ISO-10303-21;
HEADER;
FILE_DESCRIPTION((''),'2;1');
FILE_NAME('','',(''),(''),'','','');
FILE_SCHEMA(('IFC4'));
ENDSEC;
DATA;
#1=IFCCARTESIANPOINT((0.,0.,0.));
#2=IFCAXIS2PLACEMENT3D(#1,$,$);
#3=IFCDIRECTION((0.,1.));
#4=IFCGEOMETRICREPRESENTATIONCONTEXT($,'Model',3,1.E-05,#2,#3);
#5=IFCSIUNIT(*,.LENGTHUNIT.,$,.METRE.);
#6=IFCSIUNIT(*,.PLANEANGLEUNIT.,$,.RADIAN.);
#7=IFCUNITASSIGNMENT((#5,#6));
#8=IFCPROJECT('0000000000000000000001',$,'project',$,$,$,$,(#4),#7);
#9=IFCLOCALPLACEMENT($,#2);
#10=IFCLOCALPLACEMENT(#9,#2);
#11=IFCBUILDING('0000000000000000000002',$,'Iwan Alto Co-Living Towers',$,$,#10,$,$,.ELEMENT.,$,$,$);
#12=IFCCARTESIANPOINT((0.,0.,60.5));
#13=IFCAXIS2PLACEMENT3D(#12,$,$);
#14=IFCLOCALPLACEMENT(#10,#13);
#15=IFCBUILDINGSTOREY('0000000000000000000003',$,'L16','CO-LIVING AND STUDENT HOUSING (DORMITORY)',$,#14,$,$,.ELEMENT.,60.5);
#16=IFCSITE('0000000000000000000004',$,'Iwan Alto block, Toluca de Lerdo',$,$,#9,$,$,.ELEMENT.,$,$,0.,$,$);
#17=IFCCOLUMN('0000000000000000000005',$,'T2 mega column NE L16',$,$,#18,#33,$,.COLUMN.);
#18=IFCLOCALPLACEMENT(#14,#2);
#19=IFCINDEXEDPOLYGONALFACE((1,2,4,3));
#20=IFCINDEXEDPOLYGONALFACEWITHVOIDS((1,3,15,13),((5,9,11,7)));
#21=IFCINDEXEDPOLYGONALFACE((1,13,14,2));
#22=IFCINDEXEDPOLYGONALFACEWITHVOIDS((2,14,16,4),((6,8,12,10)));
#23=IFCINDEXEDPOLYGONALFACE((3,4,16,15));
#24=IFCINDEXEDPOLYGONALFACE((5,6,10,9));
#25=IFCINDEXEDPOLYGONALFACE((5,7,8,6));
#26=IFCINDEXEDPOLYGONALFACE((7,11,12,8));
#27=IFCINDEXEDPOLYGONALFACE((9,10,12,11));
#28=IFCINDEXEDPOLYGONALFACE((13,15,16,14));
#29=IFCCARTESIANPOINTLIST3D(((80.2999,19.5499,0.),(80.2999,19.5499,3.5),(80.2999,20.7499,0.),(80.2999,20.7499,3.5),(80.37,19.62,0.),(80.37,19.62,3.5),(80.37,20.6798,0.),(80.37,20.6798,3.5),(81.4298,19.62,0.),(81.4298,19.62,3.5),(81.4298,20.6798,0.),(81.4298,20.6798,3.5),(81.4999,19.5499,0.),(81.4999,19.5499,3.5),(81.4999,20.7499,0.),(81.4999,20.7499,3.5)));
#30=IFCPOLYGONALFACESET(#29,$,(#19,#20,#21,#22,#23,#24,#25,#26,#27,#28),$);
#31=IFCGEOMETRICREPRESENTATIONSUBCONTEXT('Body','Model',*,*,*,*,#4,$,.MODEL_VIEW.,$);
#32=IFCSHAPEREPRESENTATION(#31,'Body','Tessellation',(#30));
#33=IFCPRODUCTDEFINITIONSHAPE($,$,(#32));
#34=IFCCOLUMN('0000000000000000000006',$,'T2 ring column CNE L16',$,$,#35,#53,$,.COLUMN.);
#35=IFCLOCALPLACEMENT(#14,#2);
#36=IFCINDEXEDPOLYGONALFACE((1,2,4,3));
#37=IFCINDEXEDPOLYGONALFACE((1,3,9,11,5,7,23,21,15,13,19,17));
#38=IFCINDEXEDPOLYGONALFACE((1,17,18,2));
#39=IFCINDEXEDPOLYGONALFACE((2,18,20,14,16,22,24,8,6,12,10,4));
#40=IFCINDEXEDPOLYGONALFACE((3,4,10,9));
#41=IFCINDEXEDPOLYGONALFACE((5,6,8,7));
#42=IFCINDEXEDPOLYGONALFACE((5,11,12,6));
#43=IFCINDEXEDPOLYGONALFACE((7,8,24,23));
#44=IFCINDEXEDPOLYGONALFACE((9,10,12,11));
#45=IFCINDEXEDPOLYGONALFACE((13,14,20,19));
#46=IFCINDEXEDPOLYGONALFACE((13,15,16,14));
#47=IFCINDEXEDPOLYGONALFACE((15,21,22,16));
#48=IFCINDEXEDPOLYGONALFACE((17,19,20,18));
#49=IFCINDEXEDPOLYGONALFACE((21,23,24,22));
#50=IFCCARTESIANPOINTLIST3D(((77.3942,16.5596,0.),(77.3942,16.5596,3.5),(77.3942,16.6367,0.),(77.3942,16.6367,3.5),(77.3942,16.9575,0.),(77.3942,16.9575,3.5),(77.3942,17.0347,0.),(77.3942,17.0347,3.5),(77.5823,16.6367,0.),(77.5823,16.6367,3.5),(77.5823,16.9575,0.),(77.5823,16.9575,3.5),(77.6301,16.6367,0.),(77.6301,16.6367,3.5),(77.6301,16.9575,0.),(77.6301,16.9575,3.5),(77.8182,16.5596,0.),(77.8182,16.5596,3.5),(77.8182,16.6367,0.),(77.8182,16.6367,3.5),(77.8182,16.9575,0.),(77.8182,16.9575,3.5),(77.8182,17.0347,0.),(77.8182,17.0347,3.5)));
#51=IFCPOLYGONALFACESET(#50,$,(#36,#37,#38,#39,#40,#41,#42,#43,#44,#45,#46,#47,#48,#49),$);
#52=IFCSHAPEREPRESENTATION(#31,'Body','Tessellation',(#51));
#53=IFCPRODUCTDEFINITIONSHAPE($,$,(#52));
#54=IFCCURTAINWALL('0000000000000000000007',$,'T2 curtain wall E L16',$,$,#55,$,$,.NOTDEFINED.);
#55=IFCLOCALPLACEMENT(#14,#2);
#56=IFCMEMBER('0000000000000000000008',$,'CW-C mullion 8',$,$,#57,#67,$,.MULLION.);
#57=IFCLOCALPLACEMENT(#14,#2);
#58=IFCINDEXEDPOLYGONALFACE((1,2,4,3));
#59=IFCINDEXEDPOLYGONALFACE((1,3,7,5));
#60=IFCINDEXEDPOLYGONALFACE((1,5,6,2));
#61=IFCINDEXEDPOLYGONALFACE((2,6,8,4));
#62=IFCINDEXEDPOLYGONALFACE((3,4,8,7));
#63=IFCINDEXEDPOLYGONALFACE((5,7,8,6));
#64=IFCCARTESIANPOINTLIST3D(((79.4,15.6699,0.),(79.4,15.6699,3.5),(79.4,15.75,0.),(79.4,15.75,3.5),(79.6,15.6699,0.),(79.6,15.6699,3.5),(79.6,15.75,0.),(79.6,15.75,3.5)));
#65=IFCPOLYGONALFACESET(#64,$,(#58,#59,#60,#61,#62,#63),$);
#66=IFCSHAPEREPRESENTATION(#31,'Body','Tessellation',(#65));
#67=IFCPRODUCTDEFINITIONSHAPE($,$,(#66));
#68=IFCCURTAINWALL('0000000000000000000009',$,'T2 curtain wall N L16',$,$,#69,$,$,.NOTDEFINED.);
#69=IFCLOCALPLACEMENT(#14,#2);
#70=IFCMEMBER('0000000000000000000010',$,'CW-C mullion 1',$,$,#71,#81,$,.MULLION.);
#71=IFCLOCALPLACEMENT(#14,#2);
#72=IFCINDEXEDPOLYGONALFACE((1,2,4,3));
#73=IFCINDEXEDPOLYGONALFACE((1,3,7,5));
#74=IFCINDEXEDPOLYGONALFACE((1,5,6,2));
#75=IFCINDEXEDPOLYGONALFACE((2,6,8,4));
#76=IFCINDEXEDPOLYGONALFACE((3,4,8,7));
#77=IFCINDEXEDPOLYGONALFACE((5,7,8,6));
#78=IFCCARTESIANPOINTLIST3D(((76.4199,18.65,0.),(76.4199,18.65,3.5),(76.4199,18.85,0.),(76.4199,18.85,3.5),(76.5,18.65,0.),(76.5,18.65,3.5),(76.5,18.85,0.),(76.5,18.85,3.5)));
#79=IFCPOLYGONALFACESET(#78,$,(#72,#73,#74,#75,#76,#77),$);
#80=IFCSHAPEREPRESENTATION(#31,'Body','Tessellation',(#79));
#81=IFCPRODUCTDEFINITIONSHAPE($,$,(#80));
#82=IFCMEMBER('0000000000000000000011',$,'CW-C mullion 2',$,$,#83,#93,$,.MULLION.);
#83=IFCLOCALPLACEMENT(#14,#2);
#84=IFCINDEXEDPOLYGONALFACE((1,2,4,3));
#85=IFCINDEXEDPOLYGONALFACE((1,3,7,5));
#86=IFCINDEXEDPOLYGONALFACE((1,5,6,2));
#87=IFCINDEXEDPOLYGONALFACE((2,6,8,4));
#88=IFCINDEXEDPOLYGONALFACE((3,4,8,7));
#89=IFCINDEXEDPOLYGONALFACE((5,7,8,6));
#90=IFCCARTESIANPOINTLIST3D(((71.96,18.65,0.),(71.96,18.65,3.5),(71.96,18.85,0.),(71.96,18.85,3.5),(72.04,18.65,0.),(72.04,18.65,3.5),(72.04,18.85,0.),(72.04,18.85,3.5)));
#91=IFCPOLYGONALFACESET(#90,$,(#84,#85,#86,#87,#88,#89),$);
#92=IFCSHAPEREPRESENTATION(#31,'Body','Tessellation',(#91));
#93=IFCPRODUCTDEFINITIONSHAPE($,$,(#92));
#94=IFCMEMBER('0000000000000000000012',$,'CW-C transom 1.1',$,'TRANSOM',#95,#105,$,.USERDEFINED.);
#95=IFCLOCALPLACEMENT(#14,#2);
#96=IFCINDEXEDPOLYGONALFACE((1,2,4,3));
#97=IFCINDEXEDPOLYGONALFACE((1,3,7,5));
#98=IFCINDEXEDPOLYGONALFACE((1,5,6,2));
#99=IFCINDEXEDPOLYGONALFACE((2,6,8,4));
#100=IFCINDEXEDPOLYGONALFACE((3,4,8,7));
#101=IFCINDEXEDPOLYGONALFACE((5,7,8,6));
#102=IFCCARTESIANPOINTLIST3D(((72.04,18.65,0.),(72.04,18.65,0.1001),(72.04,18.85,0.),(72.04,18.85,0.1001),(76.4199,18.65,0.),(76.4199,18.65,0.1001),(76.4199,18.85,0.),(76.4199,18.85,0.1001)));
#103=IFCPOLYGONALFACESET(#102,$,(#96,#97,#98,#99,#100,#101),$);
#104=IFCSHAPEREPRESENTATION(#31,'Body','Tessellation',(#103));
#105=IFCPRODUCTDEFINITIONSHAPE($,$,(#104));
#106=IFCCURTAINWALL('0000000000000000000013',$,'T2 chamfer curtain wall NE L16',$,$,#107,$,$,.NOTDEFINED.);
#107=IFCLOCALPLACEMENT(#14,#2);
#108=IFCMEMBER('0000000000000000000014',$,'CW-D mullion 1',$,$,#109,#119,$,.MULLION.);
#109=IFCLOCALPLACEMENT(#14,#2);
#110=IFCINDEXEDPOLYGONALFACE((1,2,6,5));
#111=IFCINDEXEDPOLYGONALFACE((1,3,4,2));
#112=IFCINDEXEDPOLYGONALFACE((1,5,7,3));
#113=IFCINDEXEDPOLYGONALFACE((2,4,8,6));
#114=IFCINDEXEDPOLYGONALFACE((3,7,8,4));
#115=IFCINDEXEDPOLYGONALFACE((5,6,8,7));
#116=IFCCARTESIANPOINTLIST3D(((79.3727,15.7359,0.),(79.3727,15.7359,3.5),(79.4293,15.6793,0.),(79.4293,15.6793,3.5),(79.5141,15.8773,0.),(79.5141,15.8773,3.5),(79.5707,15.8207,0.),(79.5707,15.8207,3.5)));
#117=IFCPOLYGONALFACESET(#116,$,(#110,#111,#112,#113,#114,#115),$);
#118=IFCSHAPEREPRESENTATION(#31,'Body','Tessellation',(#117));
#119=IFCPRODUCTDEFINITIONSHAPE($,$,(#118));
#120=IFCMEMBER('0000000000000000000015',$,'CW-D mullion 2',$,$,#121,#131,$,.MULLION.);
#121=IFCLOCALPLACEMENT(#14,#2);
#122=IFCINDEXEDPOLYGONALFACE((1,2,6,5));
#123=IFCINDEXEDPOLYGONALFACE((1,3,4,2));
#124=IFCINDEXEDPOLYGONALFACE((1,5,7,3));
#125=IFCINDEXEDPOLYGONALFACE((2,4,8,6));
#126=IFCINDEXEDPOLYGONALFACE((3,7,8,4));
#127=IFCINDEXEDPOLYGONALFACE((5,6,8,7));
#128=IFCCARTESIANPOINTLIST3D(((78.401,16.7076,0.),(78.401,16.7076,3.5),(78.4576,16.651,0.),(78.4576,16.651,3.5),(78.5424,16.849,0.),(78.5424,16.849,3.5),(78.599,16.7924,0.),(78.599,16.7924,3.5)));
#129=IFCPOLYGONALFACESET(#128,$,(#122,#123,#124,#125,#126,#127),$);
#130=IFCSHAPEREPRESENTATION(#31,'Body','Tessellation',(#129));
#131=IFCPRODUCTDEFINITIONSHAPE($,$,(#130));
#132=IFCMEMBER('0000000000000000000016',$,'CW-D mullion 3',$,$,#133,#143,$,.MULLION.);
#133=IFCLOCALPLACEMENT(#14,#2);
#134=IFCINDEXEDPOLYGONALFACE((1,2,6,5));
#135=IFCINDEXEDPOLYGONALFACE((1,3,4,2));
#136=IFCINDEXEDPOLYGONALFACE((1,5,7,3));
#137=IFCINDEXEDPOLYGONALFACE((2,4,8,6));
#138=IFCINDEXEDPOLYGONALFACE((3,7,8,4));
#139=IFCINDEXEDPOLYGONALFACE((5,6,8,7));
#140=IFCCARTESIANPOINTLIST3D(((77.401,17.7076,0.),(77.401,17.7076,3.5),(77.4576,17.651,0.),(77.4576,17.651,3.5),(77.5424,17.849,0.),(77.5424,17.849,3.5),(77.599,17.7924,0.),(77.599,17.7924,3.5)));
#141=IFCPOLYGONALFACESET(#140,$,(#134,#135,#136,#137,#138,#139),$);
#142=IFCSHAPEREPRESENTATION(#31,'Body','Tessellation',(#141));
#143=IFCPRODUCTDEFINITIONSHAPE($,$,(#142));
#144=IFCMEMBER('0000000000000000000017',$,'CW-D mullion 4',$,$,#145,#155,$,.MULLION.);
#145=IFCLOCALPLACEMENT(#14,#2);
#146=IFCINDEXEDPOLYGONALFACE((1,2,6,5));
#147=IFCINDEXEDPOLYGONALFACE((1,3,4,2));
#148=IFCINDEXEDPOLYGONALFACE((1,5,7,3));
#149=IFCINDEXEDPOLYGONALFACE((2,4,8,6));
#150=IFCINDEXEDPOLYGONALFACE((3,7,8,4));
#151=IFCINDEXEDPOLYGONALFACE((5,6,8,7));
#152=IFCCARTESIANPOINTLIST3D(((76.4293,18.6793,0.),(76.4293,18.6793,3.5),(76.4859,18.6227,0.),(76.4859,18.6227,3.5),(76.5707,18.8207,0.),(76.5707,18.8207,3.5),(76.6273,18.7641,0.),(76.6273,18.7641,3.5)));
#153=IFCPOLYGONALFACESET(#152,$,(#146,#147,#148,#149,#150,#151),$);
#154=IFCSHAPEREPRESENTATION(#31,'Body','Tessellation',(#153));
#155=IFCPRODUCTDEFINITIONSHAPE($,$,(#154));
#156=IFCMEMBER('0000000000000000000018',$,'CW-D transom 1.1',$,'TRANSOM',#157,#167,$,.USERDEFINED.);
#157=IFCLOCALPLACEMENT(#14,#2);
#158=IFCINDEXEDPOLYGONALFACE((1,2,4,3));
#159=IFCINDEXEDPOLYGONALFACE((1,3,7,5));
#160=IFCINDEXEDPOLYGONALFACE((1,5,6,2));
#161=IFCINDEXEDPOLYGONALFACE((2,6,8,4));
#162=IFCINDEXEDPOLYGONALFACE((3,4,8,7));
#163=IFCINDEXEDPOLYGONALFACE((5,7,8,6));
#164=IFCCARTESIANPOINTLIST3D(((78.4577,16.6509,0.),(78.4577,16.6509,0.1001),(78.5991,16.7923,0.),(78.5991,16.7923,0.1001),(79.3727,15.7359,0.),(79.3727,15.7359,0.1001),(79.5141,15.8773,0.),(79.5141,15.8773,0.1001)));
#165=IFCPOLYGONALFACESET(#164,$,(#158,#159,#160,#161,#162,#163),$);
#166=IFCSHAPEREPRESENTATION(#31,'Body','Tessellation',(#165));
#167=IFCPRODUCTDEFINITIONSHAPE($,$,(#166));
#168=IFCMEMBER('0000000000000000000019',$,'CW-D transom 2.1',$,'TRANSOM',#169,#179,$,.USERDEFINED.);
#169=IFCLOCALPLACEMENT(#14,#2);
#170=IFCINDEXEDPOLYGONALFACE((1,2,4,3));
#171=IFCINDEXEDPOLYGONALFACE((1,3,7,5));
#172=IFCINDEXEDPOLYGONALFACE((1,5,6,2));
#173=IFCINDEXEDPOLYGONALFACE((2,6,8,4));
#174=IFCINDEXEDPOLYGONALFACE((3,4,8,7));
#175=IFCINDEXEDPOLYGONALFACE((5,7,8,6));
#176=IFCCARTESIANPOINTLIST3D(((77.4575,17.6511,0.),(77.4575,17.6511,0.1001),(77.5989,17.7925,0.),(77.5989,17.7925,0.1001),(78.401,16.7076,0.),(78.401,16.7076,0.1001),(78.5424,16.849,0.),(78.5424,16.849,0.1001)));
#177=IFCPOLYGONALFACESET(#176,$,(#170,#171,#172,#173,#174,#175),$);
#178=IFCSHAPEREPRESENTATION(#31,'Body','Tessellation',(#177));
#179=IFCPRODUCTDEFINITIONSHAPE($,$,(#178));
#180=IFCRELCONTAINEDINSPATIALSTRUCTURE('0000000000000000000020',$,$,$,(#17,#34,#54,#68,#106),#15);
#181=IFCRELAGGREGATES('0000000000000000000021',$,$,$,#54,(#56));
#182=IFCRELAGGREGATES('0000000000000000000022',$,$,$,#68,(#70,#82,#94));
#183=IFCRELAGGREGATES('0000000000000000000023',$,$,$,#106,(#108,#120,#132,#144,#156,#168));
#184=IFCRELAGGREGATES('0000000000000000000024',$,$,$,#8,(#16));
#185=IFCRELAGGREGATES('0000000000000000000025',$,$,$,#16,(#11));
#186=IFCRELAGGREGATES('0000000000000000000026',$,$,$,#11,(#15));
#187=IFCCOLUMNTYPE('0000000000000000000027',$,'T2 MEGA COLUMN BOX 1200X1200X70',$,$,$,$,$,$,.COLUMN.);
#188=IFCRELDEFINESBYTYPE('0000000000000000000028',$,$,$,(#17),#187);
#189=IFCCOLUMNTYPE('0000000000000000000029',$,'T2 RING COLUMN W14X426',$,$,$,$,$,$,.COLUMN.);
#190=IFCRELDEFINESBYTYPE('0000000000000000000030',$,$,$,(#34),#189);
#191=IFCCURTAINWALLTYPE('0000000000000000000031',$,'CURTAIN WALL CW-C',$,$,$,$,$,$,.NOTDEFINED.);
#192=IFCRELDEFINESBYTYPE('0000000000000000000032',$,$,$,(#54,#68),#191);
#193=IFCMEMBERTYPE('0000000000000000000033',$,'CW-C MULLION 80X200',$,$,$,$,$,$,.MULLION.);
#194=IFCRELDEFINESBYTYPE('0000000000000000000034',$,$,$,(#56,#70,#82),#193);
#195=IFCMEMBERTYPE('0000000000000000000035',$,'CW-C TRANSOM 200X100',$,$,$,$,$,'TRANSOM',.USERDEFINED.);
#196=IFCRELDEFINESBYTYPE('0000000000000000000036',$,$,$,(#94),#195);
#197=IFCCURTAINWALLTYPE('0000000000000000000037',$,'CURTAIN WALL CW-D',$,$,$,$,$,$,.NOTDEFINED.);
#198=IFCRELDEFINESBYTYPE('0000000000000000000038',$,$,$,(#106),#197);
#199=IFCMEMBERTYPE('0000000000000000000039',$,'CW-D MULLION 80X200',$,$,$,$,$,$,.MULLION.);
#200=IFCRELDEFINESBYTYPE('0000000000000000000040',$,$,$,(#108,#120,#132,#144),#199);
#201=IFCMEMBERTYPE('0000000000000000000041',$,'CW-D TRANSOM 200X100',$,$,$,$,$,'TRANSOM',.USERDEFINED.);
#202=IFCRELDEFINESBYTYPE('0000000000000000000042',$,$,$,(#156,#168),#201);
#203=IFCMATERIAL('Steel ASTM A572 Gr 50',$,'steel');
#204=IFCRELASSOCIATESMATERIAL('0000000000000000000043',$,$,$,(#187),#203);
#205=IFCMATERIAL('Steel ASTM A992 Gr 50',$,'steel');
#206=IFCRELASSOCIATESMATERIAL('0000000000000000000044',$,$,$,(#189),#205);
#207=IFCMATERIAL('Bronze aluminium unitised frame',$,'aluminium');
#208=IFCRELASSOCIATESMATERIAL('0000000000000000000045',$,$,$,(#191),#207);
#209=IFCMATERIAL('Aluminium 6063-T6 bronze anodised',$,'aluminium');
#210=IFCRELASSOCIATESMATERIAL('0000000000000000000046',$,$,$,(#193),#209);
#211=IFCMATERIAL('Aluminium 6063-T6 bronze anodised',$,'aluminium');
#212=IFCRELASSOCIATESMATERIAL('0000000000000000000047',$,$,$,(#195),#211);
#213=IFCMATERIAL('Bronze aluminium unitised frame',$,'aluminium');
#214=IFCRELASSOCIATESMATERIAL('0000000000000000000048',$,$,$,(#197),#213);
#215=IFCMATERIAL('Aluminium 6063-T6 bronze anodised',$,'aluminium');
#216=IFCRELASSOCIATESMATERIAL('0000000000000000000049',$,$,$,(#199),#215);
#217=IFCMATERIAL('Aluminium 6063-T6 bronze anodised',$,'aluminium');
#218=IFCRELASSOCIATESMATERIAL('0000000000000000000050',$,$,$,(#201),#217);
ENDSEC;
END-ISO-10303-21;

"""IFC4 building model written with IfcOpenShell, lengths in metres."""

from ifc_helpers import new_model, si_unit, direction, frame, origin, origin_2d, place, context, subcontext, project, spatial, rectangle, hollow_rectangle, i_section, extrude, material, material_profile, profile_set, type_object, element, aggregate, save


model = new_model("IFC4")

# Units and contexts
model_context = context("Model", 3, precision=1e-05, world=origin(), true_north=direction((0.0, 1.0)))
body_context = subcontext(model_context, "Body", "Model", "MODEL_VIEW")
ifc_project = project(units=[si_unit("LENGTHUNIT", "METRE"), si_unit("PLANEANGLEUNIT", "RADIAN")], contexts=[model_context])

# Site, building, storey
site_placement = place(None, origin())
site = spatial("IfcSite", under=ifc_project, at=site_placement, Name="Iwan Alto block, Toluca de Lerdo", CompositionType="ELEMENT", RefElevation=0.0)
building_placement = place(site_placement, origin())
building = spatial("IfcBuilding", under=site, at=building_placement, Name="Iwan Alto Co-Living Towers", CompositionType="ELEMENT")
storey_placement = place(building_placement, frame((0.0, 0.0, 60.5)))
storey = spatial("IfcBuildingStorey", under=building, at=storey_placement, Name="L16", Description="CO-LIVING AND STUDENT HOUSING (DORMITORY)", CompositionType="ELEMENT", Elevation=60.5)

# Columns
ifc_material_1 = material(Name="Steel ASTM A572 Gr 50", Category="steel")
ifc_material_profile_1 = material_profile(ifc_material_1, hollow_rectangle(XDim=1.2, YDim=1.2, WallThickness=0.0701, at=origin_2d()), Name="BOX 1200X1200X70")
ifc_profile_set_1 = profile_set([ifc_material_profile_1], Name="Steel ASTM A572 Gr 50")
column_type_1 = type_object("IfcColumnType", Name="T2 MEGA COLUMN BOX 1200X1200X70", PredefinedType="COLUMN", material=ifc_profile_set_1)
column_1_placement = place(storey_placement, frame((80.8999, 20.1499, 0.0), z_axis=(0.0, 0.0, 1.0), x_axis=(1.0, 0.0, 0.0)))
element("IfcColumn", 1, at=column_1_placement, inside=storey, type_object=column_type_1, Name="T2 mega column NE L16", PredefinedType="COLUMN", context=body_context, shape_type="SweptSolid", body=[
    extrude(hollow_rectangle(XDim=1.2, YDim=1.2, WallThickness=0.0701, at=origin_2d()), origin(), (0.0, 0.0, 1.0), 3.5),
])
ifc_material_2 = material(Name="Steel ASTM A992 Gr 50", Category="steel")
ifc_material_profile_2 = material_profile(ifc_material_2, i_section(OverallWidth=0.4241, OverallDepth=0.4751, WebThickness=0.0479, FlangeThickness=0.0771, at=origin_2d()), Name="W14X426")
ifc_profile_set_2 = profile_set([ifc_material_profile_2], Name="Steel ASTM A992 Gr 50")
column_type_2 = type_object("IfcColumnType", Name="T2 RING COLUMN W14X426", PredefinedType="COLUMN", material=ifc_profile_set_2)
column_2_placement = place(storey_placement, frame((77.6062, 16.7971, 0.0), z_axis=(0.0, 0.0, 1.0), x_axis=(1.0, 0.0, 0.0)))
element("IfcColumn", 2, at=column_2_placement, inside=storey, type_object=column_type_2, Name="T2 ring column CNE L16", PredefinedType="COLUMN", context=body_context, shape_type="SweptSolid", body=[
    extrude(i_section(OverallWidth=0.4241, OverallDepth=0.4751, WebThickness=0.0479, FlangeThickness=0.0771, at=origin_2d()), origin(), (0.0, 0.0, 1.0), 3.5),
])

# Curtain wall, member
ifc_material_3 = material(Name="Bronze aluminium unitised frame", Category="aluminium")
curtain_wall_type_1 = type_object("IfcCurtainWallType", Name="CURTAIN WALL CW-C", PredefinedType="NOTDEFINED", material=ifc_material_3)
curtain_wall_1_placement = place(storey_placement, origin())
curtain_wall_1 = element("IfcCurtainWall", 3, at=curtain_wall_1_placement, inside=storey, type_object=curtain_wall_type_1, Name="T2 curtain wall E L16", PredefinedType="NOTDEFINED")
ifc_material_4 = material(Name="Aluminium 6063-T6 bronze anodised", Category="aluminium")
ifc_material_profile_3 = material_profile(ifc_material_4, rectangle(XDim=0.2, YDim=0.0801, at=origin_2d()), Name="AL 80X200")
ifc_profile_set_3 = profile_set([ifc_material_profile_3], Name="Aluminium 6063-T6 bronze anodised")
member_type_1 = type_object("IfcMemberType", Name="CW-C MULLION 80X200", PredefinedType="MULLION", material=ifc_profile_set_3)
member_1_placement = place(storey_placement, frame((79.5, 15.71, 0.0), z_axis=(0.0, 0.0, 1.0), x_axis=(-1.0, 0.0, 0.0)))
member_1 = element("IfcMember", 4, at=member_1_placement, type_object=member_type_1, Name="CW-C mullion 8", PredefinedType="MULLION", context=body_context, shape_type="SweptSolid", body=[
    extrude(rectangle(XDim=0.2, YDim=0.0801, at=origin_2d()), origin(), (0.0, 0.0, 1.0), 3.5),
])

# Curtain walls, members
curtain_wall_2_placement = place(storey_placement, origin())
curtain_wall_2 = element("IfcCurtainWall", 5, at=curtain_wall_2_placement, inside=storey, type_object=curtain_wall_type_1, Name="T2 curtain wall N L16", PredefinedType="NOTDEFINED")
member_2_placement = place(storey_placement, frame((76.46, 18.75, 0.0), z_axis=(0.0, 0.0, 1.0), x_axis=(0.0, -1.0, 0.0)))
member_2 = element("IfcMember", 6, at=member_2_placement, type_object=member_type_1, Name="CW-C mullion 1", PredefinedType="MULLION", context=body_context, shape_type="SweptSolid", body=[
    extrude(rectangle(XDim=0.2, YDim=0.0801, at=origin_2d()), origin(), (0.0, 0.0, 1.0), 3.5),
])
member_3_placement = place(storey_placement, frame((72.0, 18.75, 0.0), z_axis=(0.0, 0.0, 1.0), x_axis=(0.0, -1.0, 0.0)))
member_3 = element("IfcMember", 7, at=member_3_placement, type_object=member_type_1, Name="CW-C mullion 2", PredefinedType="MULLION", context=body_context, shape_type="SweptSolid", body=[
    extrude(rectangle(XDim=0.2, YDim=0.0801, at=origin_2d()), origin(), (0.0, 0.0, 1.0), 3.5),
])
ifc_material_5 = material(Name="Aluminium 6063-T6 bronze anodised", Category="aluminium")
ifc_material_profile_4 = material_profile(ifc_material_5, rectangle(XDim=0.2, YDim=0.1001, at=origin_2d()), Name="AL 200X100")
ifc_profile_set_4 = profile_set([ifc_material_profile_4], Name="Aluminium 6063-T6 bronze anodised")
member_type_2 = type_object("IfcMemberType", Name="CW-C TRANSOM 200X100", ElementType="TRANSOM", PredefinedType="USERDEFINED", material=ifc_profile_set_4)
member_4_placement = place(storey_placement, frame((76.4199, 18.75, 0.05), z_axis=(-1.0, 0.0, 0.0), x_axis=(0.0, -1.0, 0.0)))
member_4 = element("IfcMember", 8, at=member_4_placement, type_object=member_type_2, Name="CW-C transom 1.1", ObjectType="TRANSOM", PredefinedType="USERDEFINED", context=body_context, shape_type="SweptSolid", body=[
    extrude(rectangle(XDim=0.2, YDim=0.1001, at=origin_2d()), origin(), (0.0, 0.0, 1.0), 4.3799),
])
ifc_material_6 = material(Name="Bronze aluminium unitised frame", Category="aluminium")
curtain_wall_type_2 = type_object("IfcCurtainWallType", Name="CURTAIN WALL CW-D", PredefinedType="NOTDEFINED", material=ifc_material_6)
curtain_wall_3_placement = place(storey_placement, origin())
curtain_wall_3 = element("IfcCurtainWall", 9, at=curtain_wall_3_placement, inside=storey, type_object=curtain_wall_type_2, Name="T2 chamfer curtain wall NE L16", PredefinedType="NOTDEFINED")
ifc_material_7 = material(Name="Aluminium 6063-T6 bronze anodised", Category="aluminium")
ifc_material_profile_5 = material_profile(ifc_material_7, rectangle(XDim=0.2, YDim=0.0801, at=origin_2d()), Name="AL 80X200")
ifc_profile_set_5 = profile_set([ifc_material_profile_5], Name="Aluminium 6063-T6 bronze anodised")
member_type_3 = type_object("IfcMemberType", Name="CW-D MULLION 80X200", PredefinedType="MULLION", material=ifc_profile_set_5)
member_5_placement = place(storey_placement, frame((79.4717, 15.7783, 0.0), z_axis=(0.0, 0.0, 1.0), x_axis=(-0.707107, -0.707107, 0.0)))
member_5 = element("IfcMember", 10, at=member_5_placement, type_object=member_type_3, Name="CW-D mullion 1", PredefinedType="MULLION", context=body_context, shape_type="SweptSolid", body=[
    extrude(rectangle(XDim=0.2, YDim=0.0801, at=origin_2d()), origin(), (0.0, 0.0, 1.0), 3.5),
])
member_6_placement = place(storey_placement, frame((78.5, 16.75, 0.0), z_axis=(0.0, 0.0, 1.0), x_axis=(-0.707107, -0.707107, 0.0)))
member_6 = element("IfcMember", 11, at=member_6_placement, type_object=member_type_3, Name="CW-D mullion 2", PredefinedType="MULLION", context=body_context, shape_type="SweptSolid", body=[
    extrude(rectangle(XDim=0.2, YDim=0.0801, at=origin_2d()), origin(), (0.0, 0.0, 1.0), 3.5),
])
member_7_placement = place(storey_placement, frame((77.5, 17.75, 0.0), z_axis=(0.0, 0.0, 1.0), x_axis=(-0.707107, -0.707107, 0.0)))
member_7 = element("IfcMember", 12, at=member_7_placement, type_object=member_type_3, Name="CW-D mullion 3", PredefinedType="MULLION", context=body_context, shape_type="SweptSolid", body=[
    extrude(rectangle(XDim=0.2, YDim=0.0801, at=origin_2d()), origin(), (0.0, 0.0, 1.0), 3.5),
])
member_8_placement = place(storey_placement, frame((76.5283, 18.7217, 0.0), z_axis=(0.0, 0.0, 1.0), x_axis=(-0.707107, -0.707107, 0.0)))
member_8 = element("IfcMember", 13, at=member_8_placement, type_object=member_type_3, Name="CW-D mullion 4", PredefinedType="MULLION", context=body_context, shape_type="SweptSolid", body=[
    extrude(rectangle(XDim=0.2, YDim=0.0801, at=origin_2d()), origin(), (0.0, 0.0, 1.0), 3.5),
])
ifc_material_8 = material(Name="Aluminium 6063-T6 bronze anodised", Category="aluminium")
ifc_material_profile_6 = material_profile(ifc_material_8, rectangle(XDim=0.2, YDim=0.1001, at=origin_2d()), Name="AL 200X100")
ifc_profile_set_6 = profile_set([ifc_material_profile_6], Name="Aluminium 6063-T6 bronze anodised")
member_type_4 = type_object("IfcMemberType", Name="CW-D TRANSOM 200X100", ElementType="TRANSOM", PredefinedType="USERDEFINED", material=ifc_profile_set_6)
member_9_placement = place(storey_placement, frame((79.4434, 15.8066, 0.05), z_axis=(-0.707107, 0.707107, 0.0), x_axis=(-0.707107, -0.707107, 0.0)))
member_9 = element("IfcMember", 14, at=member_9_placement, type_object=member_type_4, Name="CW-D transom 1.1", ObjectType="TRANSOM", PredefinedType="USERDEFINED", context=body_context, shape_type="SweptSolid", body=[
    extrude(rectangle(XDim=0.2, YDim=0.1001, at=origin_2d()), origin(), (0.0, 0.0, 1.0), 1.2939),
])
member_10_placement = place(storey_placement, frame((78.4717, 16.7783, 0.05), z_axis=(-0.707107, 0.707107, 0.0), x_axis=(-0.707107, -0.707107, 0.0)))
member_10 = element("IfcMember", 15, at=member_10_placement, type_object=member_type_4, Name="CW-D transom 2.1", ObjectType="TRANSOM", PredefinedType="USERDEFINED", context=body_context, shape_type="SweptSolid", body=[
    extrude(rectangle(XDim=0.2, YDim=0.1001, at=origin_2d()), origin(), (0.0, 0.0, 1.0), 1.3342),
])

aggregate(curtain_wall_1, [member_1])
aggregate(curtain_wall_2, [member_2, member_3, member_4])
aggregate(curtain_wall_3, [member_5, member_6, member_7, member_8, member_9, member_10])

save(model, "model.ifc")
